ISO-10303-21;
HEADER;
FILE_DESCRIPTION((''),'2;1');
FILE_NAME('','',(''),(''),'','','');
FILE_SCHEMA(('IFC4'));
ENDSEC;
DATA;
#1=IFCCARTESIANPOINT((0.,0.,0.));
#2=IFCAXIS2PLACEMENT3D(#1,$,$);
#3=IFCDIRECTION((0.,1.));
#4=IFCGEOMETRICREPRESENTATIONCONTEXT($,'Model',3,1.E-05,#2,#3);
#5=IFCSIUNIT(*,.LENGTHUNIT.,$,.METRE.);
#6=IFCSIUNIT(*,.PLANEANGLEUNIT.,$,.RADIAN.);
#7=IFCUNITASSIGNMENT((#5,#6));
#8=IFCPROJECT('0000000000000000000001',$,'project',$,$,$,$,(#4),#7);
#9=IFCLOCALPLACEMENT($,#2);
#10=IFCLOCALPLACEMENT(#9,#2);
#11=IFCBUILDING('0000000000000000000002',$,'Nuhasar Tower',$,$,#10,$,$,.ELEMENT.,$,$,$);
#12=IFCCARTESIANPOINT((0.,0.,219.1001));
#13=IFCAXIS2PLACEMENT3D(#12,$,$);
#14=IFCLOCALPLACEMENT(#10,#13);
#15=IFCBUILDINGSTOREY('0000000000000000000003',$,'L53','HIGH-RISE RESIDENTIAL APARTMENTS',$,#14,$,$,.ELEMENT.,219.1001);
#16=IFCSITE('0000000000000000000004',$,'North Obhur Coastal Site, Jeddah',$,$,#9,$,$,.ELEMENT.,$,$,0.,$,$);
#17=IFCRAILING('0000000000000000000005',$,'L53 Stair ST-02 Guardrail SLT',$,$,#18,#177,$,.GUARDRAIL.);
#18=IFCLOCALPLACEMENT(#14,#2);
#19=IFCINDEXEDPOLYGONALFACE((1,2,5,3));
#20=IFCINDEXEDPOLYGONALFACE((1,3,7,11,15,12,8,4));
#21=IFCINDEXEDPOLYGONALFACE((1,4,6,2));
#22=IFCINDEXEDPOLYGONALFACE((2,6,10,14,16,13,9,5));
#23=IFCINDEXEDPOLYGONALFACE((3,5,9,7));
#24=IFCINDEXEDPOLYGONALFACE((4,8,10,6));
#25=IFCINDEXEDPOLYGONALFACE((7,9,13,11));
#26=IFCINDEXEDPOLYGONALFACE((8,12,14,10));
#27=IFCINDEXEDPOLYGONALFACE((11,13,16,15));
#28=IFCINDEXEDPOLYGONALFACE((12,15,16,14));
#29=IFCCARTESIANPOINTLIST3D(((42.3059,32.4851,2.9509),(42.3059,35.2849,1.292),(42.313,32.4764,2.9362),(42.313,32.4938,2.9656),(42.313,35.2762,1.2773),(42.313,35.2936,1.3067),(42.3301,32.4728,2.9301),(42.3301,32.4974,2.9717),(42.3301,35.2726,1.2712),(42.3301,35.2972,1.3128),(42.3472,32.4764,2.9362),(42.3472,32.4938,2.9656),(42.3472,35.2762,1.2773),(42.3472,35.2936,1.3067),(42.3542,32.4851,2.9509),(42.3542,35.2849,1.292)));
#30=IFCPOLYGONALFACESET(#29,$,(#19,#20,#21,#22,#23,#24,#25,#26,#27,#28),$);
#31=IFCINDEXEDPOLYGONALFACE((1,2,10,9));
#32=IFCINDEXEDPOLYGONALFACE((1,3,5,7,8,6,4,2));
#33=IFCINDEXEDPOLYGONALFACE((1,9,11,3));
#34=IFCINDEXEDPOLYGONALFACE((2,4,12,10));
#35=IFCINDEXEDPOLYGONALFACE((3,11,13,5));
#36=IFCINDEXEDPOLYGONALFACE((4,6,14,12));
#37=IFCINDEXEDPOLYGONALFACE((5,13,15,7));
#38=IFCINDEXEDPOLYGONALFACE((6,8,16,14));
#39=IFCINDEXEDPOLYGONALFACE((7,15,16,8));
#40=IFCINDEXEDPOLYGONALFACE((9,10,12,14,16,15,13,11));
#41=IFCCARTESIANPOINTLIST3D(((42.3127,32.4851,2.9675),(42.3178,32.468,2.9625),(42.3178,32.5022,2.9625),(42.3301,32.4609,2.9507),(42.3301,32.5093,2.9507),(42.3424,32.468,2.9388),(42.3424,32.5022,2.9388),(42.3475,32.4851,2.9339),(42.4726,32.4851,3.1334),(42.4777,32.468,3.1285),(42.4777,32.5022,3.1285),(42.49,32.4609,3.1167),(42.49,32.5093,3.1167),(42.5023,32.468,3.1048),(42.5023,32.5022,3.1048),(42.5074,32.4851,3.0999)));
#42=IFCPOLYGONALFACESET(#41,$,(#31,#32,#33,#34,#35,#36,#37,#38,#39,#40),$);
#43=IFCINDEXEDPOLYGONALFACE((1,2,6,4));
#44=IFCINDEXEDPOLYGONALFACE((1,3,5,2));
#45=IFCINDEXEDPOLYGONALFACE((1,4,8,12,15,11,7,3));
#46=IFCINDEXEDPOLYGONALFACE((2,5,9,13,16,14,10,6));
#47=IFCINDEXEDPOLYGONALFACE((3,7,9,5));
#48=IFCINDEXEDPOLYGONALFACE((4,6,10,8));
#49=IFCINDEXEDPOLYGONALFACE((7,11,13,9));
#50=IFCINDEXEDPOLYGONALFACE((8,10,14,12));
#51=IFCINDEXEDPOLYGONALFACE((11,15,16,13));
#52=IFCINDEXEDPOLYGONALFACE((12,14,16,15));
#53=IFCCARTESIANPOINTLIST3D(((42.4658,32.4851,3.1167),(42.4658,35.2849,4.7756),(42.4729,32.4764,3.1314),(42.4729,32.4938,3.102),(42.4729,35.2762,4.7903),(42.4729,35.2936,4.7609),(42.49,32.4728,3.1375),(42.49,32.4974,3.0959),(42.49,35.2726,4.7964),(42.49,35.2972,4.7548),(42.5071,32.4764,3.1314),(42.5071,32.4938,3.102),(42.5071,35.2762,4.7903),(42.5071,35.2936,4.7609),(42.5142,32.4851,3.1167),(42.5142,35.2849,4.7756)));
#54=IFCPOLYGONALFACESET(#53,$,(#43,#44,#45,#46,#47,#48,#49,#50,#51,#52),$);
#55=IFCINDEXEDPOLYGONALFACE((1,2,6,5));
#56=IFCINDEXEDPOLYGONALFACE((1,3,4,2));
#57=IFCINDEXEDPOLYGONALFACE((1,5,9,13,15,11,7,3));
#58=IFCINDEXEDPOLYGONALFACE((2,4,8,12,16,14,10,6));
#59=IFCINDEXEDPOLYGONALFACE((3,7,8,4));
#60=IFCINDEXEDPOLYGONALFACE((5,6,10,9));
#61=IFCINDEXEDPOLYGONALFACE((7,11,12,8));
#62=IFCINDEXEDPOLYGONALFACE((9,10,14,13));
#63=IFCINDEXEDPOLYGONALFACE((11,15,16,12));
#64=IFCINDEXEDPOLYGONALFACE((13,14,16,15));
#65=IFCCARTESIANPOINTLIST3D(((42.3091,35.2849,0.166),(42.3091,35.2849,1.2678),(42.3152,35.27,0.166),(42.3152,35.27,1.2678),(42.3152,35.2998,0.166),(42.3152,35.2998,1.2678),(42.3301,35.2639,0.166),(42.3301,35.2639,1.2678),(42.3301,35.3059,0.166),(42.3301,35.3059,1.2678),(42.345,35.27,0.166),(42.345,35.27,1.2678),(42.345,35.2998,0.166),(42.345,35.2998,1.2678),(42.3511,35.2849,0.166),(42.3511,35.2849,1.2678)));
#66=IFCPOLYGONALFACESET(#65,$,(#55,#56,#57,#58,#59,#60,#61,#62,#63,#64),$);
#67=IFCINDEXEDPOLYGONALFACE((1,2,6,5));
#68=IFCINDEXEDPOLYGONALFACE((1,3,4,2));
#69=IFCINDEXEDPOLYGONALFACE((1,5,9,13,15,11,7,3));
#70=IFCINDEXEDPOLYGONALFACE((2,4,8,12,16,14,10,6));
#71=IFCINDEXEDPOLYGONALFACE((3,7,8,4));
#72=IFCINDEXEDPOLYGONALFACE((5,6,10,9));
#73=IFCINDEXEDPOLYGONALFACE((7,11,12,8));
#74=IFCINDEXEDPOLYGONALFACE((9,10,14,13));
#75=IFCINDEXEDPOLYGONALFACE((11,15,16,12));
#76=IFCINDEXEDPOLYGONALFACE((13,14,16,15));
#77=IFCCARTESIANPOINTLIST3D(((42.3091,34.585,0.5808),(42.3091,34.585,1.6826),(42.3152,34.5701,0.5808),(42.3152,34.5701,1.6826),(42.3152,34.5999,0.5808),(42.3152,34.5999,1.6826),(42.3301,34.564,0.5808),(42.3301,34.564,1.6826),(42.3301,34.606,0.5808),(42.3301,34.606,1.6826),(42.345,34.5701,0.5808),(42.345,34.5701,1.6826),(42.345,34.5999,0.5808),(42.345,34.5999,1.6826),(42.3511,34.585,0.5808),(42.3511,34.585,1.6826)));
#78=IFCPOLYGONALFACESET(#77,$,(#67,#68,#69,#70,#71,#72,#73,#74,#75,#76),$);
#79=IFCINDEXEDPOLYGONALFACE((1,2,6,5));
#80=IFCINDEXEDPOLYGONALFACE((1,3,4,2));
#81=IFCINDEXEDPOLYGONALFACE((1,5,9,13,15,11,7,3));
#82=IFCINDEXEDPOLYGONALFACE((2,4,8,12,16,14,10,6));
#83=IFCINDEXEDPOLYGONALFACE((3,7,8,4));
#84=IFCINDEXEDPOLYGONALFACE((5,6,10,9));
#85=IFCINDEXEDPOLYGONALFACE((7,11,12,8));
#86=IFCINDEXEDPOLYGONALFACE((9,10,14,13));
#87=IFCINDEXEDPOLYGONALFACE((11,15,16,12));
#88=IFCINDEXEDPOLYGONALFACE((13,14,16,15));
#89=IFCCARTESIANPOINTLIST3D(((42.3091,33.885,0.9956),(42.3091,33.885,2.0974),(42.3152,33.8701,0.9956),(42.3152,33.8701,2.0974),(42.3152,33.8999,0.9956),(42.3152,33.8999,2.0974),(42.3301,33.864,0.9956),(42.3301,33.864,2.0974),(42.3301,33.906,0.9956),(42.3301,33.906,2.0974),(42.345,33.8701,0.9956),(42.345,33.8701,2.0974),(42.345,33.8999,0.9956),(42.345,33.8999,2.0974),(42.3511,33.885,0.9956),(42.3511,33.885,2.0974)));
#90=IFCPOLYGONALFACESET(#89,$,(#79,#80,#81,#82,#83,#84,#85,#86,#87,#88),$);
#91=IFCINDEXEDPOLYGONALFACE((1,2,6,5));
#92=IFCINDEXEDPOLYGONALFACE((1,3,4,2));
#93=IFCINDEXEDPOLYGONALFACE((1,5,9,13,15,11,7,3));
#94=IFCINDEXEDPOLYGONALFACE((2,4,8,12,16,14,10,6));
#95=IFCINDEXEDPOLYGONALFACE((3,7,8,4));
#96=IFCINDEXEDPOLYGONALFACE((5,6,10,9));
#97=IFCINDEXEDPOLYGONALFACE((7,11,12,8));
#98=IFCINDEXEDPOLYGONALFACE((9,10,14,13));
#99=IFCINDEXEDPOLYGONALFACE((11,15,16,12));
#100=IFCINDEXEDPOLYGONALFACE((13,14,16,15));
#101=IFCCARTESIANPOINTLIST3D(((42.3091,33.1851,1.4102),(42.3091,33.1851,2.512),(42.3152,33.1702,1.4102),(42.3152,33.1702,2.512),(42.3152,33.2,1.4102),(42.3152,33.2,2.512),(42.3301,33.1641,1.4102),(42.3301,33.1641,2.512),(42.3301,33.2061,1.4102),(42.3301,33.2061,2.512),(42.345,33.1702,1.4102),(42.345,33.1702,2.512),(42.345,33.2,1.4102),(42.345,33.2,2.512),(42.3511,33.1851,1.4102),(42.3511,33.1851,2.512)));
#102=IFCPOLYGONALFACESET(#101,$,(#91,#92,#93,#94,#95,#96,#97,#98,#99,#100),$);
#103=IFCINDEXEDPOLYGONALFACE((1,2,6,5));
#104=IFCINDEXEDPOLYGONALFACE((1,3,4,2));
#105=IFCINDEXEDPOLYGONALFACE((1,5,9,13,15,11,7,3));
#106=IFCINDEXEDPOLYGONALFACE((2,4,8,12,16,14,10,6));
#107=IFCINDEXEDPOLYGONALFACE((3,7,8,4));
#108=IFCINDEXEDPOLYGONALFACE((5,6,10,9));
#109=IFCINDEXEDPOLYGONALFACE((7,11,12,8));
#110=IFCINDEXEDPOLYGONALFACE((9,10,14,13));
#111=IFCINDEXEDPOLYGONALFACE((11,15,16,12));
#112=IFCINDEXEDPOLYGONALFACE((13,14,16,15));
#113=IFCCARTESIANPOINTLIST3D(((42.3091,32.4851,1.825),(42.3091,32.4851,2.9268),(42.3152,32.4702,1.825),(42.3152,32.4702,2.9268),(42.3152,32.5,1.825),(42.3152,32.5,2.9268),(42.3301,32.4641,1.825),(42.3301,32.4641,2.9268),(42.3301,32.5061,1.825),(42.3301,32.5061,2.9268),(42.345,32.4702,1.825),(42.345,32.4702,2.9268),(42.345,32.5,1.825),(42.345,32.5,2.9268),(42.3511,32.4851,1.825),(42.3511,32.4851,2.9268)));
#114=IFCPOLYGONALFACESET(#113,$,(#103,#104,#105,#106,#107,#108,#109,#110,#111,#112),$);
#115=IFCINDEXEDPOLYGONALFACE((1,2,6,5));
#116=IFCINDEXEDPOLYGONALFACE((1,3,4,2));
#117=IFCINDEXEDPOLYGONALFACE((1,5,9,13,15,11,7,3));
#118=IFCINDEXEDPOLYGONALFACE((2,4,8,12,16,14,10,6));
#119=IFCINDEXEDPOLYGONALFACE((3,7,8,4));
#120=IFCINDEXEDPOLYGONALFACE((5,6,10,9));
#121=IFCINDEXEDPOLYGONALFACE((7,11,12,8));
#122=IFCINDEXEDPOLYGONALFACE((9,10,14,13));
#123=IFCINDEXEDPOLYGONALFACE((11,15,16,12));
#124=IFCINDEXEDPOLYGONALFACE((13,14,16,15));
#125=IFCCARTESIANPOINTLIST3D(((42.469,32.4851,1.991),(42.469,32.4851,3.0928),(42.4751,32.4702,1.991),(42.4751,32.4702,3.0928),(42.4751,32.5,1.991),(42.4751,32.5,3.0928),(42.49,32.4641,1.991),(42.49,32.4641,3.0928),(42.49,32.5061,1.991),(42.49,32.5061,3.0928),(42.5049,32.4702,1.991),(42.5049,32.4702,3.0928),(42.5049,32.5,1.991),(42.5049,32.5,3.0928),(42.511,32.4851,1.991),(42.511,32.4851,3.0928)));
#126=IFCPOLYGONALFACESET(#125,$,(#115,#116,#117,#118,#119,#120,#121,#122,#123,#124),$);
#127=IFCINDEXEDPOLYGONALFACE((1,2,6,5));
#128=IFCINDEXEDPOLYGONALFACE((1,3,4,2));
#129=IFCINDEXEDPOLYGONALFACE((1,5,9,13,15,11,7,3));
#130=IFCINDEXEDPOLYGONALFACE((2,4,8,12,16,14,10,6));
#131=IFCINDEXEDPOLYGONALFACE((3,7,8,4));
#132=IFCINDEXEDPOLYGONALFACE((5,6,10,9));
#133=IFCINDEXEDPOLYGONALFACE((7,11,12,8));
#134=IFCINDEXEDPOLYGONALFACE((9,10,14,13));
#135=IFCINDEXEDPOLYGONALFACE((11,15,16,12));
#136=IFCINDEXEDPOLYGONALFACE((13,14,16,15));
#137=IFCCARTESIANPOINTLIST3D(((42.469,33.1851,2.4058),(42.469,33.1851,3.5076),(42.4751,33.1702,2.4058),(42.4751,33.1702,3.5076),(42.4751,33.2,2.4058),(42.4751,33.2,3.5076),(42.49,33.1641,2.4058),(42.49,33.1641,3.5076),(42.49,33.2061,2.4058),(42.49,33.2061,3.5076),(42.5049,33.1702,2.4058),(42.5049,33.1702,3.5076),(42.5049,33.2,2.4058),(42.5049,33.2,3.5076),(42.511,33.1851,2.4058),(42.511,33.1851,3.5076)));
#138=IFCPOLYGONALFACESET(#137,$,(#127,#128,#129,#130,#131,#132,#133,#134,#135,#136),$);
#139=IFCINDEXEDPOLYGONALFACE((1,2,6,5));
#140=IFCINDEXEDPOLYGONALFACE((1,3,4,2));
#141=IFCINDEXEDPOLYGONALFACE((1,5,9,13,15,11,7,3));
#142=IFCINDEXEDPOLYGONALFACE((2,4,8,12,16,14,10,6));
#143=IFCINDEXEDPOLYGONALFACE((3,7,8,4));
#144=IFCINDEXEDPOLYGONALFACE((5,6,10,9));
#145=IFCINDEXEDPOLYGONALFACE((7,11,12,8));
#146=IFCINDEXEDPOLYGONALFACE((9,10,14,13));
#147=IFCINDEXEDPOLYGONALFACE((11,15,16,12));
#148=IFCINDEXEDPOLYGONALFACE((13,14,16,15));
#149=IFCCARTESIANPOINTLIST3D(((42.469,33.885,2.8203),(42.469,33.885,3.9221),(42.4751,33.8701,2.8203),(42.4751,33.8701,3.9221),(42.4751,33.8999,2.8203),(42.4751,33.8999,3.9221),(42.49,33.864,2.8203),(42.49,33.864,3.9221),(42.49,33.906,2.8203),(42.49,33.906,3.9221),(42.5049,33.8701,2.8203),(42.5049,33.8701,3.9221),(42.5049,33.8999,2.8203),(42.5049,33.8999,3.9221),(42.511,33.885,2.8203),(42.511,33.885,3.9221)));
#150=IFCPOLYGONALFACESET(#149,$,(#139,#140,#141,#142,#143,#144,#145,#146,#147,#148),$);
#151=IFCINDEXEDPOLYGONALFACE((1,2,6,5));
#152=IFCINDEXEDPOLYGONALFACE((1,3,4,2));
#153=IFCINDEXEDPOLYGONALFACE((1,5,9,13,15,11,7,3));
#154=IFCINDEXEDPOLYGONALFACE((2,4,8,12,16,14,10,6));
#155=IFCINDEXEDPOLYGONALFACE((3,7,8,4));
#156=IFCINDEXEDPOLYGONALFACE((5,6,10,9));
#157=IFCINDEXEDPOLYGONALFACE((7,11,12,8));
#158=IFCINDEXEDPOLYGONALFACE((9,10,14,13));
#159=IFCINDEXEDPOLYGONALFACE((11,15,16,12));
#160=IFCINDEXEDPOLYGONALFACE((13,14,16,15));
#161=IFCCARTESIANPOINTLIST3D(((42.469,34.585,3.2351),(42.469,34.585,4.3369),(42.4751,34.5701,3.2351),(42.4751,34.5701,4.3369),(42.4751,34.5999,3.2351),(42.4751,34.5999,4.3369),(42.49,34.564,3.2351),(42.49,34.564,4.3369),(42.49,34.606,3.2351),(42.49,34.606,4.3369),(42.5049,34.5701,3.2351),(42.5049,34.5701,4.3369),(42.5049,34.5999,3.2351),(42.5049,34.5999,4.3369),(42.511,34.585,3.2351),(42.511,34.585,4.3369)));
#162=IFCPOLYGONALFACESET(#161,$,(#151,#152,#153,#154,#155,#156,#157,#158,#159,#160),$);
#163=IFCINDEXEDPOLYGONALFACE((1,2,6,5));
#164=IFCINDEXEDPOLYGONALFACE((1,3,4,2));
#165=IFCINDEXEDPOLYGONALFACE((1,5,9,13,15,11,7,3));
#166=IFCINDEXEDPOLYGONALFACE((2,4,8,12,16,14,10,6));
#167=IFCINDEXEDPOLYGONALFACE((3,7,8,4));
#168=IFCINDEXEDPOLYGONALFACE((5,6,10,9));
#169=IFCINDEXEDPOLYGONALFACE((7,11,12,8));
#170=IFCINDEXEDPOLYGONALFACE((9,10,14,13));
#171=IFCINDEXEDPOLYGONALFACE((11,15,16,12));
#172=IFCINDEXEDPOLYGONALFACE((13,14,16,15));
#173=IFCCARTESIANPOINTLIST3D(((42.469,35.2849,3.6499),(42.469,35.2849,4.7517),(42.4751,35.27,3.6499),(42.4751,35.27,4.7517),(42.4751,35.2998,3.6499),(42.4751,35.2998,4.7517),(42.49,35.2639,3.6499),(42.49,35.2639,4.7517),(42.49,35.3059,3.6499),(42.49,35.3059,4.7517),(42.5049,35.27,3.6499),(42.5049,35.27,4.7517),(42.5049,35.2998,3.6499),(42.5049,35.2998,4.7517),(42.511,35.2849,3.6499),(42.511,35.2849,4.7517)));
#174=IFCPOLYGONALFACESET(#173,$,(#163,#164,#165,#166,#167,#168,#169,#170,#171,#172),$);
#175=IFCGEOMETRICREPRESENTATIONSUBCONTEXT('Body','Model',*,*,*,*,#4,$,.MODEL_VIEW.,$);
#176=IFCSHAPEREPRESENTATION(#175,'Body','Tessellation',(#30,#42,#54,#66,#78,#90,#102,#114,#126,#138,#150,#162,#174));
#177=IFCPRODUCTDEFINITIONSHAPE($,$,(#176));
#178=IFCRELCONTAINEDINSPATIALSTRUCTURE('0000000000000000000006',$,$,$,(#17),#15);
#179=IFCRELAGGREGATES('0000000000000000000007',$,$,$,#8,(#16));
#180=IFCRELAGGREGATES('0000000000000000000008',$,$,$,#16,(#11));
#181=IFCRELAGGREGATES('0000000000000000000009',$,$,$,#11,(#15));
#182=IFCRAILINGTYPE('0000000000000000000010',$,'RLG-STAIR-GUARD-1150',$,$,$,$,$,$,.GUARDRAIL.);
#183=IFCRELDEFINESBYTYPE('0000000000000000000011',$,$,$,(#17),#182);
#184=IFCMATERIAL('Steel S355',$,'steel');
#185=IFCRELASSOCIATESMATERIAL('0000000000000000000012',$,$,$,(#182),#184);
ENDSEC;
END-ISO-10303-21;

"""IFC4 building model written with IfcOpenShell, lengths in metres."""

from ifc_helpers import new_model, si_unit, direction, frame, origin, place, context, subcontext, project, spatial, polyline, outline, extrude, material, type_object, element, save


model = new_model("IFC4")

# Units and contexts
model_context = context("Model", 3, precision=1e-05, world=origin(), true_north=direction((0.0, 1.0)))
body_context = subcontext(model_context, "Body", "Model", "MODEL_VIEW")
ifc_project = project(units=[si_unit("LENGTHUNIT", "METRE"), si_unit("PLANEANGLEUNIT", "RADIAN")], contexts=[model_context])

# Site, building, storey
site_placement = place(None, origin())
site = spatial("IfcSite", under=ifc_project, at=site_placement, Name="North Obhur Coastal Site, Jeddah", CompositionType="ELEMENT", RefElevation=0.0)
building_placement = place(site_placement, origin())
building = spatial("IfcBuilding", under=site, at=building_placement, Name="Nuhasar Tower", CompositionType="ELEMENT")
storey_placement = place(building_placement, frame((0.0, 0.0, 219.1001)))
storey = spatial("IfcBuildingStorey", under=building, at=storey_placement, Name="L53", Description="HIGH-RISE RESIDENTIAL APARTMENTS", CompositionType="ELEMENT", Elevation=219.1001)

# Shared definitions
ifc_material_1 = material(Name="Steel S355", Category="steel")

# Railing
railing_type_1 = type_object("IfcRailingType", Name="RLG-STAIR-GUARD-1150", PredefinedType="GUARDRAIL", material=ifc_material_1)
railing_1_placement = place(storey_placement, frame((42.3301, 35.2849, 0.166)))
element("IfcRailing", 1, at=railing_1_placement, inside=storey, type_object=railing_type_1, Name="L53 Stair ST-02 Guardrail SLT", PredefinedType="GUARDRAIL", context=body_context, shape_type="SweptSolid", body=[
    extrude(outline(polyline([(0.0242, 0.0), (0.0171, 0.0171), (0.0, 0.0242), (-0.0171, 0.0171), (-0.0242, 0.0), (-0.0171, -0.0171), (0.0, -0.0242), (0.0171, -0.0171), (0.0242, 0.0)])), frame((0.0, 0.0, 1.126), z_axis=(0.0, -0.86032, 0.509755), x_axis=(1.0, 0.0, 0.0)), (0.0, 0.0, 1.0), 3.2544),
    extrude(outline(polyline([(0.0242, 0.0), (0.0171, 0.0171), (0.0, 0.0242), (-0.0171, 0.0171), (-0.0242, 0.0), (-0.0171, -0.0171), (0.0, -0.0242), (0.0171, -0.0171), (0.0242, 0.0)])), frame((0.0, -2.7998, 2.7847), z_axis=(0.693743, 0.0, 0.720222), x_axis=(0.0, 1.0, 0.0)), (0.0, 0.0, 1.0), 0.2305),
    extrude(outline(polyline([(0.0242, 0.0), (0.0171, 0.0171), (0.0, 0.0242), (-0.0171, 0.0171), (-0.0242, 0.0), (-0.0171, -0.0171), (0.0, -0.0242), (0.0171, -0.0171), (0.0242, 0.0)])), frame((0.1599, -2.7998, 2.9507), z_axis=(0.0, 0.86032, 0.509755), x_axis=(-1.0, 0.0, 0.0)), (0.0, 0.0, 1.0), 3.2544),
    extrude(outline(polyline([(0.021, 0.0), (0.0149, 0.0149), (0.0, 0.021), (-0.0149, 0.0149), (-0.021, 0.0), (-0.0149, -0.0149), (0.0, -0.021), (0.0149, -0.0149), (0.021, 0.0)])), origin(), (0.0, 0.0, 1.0), 1.1018),
    extrude(outline(polyline([(0.021, 0.0), (0.0149, 0.0149), (0.0, 0.021), (-0.0149, 0.0149), (-0.021, 0.0), (-0.0149, -0.0149), (0.0, -0.021), (0.0149, -0.0149), (0.021, 0.0)])), frame((0.0, -0.7, 0.4148)), (0.0, 0.0, 1.0), 1.1018),
    extrude(outline(polyline([(0.021, 0.0), (0.0149, 0.0149), (0.0, 0.021), (-0.0149, 0.0149), (-0.021, 0.0), (-0.0149, -0.0149), (0.0, -0.021), (0.0149, -0.0149), (0.021, 0.0)])), frame((0.0, -1.3999, 0.8296)), (0.0, 0.0, 1.0), 1.1018),
    extrude(outline(polyline([(0.021, 0.0), (0.0149, 0.0149), (0.0, 0.021), (-0.0149, 0.0149), (-0.021, 0.0), (-0.0149, -0.0149), (0.0, -0.021), (0.0149, -0.0149), (0.021, 0.0)])), frame((0.0, -2.0999, 1.2441)), (0.0, 0.0, 1.0), 1.1018),
    extrude(outline(polyline([(0.021, 0.0), (0.0149, 0.0149), (0.0, 0.021), (-0.0149, 0.0149), (-0.021, 0.0), (-0.0149, -0.0149), (0.0, -0.021), (0.0149, -0.0149), (0.021, 0.0)])), frame((0.0, -2.7998, 1.6589)), (0.0, 0.0, 1.0), 1.1018),
    extrude(outline(polyline([(0.021, 0.0), (0.0149, 0.0149), (0.0, 0.021), (-0.0149, 0.0149), (-0.021, 0.0), (-0.0149, -0.0149), (0.0, -0.021), (0.0149, -0.0149), (0.021, 0.0)])), frame((0.1599, -2.7998, 1.825)), (0.0, 0.0, 1.0), 1.1018),
    extrude(outline(polyline([(0.021, 0.0), (0.0149, 0.0149), (0.0, 0.021), (-0.0149, 0.0149), (-0.021, 0.0), (-0.0149, -0.0149), (0.0, -0.021), (0.0149, -0.0149), (0.021, 0.0)])), frame((0.1599, -2.0999, 2.2397)), (0.0, 0.0, 1.0), 1.1018),
    extrude(outline(polyline([(0.021, 0.0), (0.0149, 0.0149), (0.0, 0.021), (-0.0149, 0.0149), (-0.021, 0.0), (-0.0149, -0.0149), (0.0, -0.021), (0.0149, -0.0149), (0.021, 0.0)])), frame((0.1599, -1.3999, 2.6543)), (0.0, 0.0, 1.0), 1.1018),
    extrude(outline(polyline([(0.021, 0.0), (0.0149, 0.0149), (0.0, 0.021), (-0.0149, 0.0149), (-0.021, 0.0), (-0.0149, -0.0149), (0.0, -0.021), (0.0149, -0.0149), (0.021, 0.0)])), frame((0.1599, -0.7, 3.0691)), (0.0, 0.0, 1.0), 1.1018),
    extrude(outline(polyline([(0.021, 0.0), (0.0149, 0.0149), (0.0, 0.021), (-0.0149, 0.0149), (-0.021, 0.0), (-0.0149, -0.0149), (0.0, -0.021), (0.0149, -0.0149), (0.021, 0.0)])), frame((0.1599, 0.0, 3.4839)), (0.0, 0.0, 1.0), 1.1018),
])

save(model, "model.ifc")
